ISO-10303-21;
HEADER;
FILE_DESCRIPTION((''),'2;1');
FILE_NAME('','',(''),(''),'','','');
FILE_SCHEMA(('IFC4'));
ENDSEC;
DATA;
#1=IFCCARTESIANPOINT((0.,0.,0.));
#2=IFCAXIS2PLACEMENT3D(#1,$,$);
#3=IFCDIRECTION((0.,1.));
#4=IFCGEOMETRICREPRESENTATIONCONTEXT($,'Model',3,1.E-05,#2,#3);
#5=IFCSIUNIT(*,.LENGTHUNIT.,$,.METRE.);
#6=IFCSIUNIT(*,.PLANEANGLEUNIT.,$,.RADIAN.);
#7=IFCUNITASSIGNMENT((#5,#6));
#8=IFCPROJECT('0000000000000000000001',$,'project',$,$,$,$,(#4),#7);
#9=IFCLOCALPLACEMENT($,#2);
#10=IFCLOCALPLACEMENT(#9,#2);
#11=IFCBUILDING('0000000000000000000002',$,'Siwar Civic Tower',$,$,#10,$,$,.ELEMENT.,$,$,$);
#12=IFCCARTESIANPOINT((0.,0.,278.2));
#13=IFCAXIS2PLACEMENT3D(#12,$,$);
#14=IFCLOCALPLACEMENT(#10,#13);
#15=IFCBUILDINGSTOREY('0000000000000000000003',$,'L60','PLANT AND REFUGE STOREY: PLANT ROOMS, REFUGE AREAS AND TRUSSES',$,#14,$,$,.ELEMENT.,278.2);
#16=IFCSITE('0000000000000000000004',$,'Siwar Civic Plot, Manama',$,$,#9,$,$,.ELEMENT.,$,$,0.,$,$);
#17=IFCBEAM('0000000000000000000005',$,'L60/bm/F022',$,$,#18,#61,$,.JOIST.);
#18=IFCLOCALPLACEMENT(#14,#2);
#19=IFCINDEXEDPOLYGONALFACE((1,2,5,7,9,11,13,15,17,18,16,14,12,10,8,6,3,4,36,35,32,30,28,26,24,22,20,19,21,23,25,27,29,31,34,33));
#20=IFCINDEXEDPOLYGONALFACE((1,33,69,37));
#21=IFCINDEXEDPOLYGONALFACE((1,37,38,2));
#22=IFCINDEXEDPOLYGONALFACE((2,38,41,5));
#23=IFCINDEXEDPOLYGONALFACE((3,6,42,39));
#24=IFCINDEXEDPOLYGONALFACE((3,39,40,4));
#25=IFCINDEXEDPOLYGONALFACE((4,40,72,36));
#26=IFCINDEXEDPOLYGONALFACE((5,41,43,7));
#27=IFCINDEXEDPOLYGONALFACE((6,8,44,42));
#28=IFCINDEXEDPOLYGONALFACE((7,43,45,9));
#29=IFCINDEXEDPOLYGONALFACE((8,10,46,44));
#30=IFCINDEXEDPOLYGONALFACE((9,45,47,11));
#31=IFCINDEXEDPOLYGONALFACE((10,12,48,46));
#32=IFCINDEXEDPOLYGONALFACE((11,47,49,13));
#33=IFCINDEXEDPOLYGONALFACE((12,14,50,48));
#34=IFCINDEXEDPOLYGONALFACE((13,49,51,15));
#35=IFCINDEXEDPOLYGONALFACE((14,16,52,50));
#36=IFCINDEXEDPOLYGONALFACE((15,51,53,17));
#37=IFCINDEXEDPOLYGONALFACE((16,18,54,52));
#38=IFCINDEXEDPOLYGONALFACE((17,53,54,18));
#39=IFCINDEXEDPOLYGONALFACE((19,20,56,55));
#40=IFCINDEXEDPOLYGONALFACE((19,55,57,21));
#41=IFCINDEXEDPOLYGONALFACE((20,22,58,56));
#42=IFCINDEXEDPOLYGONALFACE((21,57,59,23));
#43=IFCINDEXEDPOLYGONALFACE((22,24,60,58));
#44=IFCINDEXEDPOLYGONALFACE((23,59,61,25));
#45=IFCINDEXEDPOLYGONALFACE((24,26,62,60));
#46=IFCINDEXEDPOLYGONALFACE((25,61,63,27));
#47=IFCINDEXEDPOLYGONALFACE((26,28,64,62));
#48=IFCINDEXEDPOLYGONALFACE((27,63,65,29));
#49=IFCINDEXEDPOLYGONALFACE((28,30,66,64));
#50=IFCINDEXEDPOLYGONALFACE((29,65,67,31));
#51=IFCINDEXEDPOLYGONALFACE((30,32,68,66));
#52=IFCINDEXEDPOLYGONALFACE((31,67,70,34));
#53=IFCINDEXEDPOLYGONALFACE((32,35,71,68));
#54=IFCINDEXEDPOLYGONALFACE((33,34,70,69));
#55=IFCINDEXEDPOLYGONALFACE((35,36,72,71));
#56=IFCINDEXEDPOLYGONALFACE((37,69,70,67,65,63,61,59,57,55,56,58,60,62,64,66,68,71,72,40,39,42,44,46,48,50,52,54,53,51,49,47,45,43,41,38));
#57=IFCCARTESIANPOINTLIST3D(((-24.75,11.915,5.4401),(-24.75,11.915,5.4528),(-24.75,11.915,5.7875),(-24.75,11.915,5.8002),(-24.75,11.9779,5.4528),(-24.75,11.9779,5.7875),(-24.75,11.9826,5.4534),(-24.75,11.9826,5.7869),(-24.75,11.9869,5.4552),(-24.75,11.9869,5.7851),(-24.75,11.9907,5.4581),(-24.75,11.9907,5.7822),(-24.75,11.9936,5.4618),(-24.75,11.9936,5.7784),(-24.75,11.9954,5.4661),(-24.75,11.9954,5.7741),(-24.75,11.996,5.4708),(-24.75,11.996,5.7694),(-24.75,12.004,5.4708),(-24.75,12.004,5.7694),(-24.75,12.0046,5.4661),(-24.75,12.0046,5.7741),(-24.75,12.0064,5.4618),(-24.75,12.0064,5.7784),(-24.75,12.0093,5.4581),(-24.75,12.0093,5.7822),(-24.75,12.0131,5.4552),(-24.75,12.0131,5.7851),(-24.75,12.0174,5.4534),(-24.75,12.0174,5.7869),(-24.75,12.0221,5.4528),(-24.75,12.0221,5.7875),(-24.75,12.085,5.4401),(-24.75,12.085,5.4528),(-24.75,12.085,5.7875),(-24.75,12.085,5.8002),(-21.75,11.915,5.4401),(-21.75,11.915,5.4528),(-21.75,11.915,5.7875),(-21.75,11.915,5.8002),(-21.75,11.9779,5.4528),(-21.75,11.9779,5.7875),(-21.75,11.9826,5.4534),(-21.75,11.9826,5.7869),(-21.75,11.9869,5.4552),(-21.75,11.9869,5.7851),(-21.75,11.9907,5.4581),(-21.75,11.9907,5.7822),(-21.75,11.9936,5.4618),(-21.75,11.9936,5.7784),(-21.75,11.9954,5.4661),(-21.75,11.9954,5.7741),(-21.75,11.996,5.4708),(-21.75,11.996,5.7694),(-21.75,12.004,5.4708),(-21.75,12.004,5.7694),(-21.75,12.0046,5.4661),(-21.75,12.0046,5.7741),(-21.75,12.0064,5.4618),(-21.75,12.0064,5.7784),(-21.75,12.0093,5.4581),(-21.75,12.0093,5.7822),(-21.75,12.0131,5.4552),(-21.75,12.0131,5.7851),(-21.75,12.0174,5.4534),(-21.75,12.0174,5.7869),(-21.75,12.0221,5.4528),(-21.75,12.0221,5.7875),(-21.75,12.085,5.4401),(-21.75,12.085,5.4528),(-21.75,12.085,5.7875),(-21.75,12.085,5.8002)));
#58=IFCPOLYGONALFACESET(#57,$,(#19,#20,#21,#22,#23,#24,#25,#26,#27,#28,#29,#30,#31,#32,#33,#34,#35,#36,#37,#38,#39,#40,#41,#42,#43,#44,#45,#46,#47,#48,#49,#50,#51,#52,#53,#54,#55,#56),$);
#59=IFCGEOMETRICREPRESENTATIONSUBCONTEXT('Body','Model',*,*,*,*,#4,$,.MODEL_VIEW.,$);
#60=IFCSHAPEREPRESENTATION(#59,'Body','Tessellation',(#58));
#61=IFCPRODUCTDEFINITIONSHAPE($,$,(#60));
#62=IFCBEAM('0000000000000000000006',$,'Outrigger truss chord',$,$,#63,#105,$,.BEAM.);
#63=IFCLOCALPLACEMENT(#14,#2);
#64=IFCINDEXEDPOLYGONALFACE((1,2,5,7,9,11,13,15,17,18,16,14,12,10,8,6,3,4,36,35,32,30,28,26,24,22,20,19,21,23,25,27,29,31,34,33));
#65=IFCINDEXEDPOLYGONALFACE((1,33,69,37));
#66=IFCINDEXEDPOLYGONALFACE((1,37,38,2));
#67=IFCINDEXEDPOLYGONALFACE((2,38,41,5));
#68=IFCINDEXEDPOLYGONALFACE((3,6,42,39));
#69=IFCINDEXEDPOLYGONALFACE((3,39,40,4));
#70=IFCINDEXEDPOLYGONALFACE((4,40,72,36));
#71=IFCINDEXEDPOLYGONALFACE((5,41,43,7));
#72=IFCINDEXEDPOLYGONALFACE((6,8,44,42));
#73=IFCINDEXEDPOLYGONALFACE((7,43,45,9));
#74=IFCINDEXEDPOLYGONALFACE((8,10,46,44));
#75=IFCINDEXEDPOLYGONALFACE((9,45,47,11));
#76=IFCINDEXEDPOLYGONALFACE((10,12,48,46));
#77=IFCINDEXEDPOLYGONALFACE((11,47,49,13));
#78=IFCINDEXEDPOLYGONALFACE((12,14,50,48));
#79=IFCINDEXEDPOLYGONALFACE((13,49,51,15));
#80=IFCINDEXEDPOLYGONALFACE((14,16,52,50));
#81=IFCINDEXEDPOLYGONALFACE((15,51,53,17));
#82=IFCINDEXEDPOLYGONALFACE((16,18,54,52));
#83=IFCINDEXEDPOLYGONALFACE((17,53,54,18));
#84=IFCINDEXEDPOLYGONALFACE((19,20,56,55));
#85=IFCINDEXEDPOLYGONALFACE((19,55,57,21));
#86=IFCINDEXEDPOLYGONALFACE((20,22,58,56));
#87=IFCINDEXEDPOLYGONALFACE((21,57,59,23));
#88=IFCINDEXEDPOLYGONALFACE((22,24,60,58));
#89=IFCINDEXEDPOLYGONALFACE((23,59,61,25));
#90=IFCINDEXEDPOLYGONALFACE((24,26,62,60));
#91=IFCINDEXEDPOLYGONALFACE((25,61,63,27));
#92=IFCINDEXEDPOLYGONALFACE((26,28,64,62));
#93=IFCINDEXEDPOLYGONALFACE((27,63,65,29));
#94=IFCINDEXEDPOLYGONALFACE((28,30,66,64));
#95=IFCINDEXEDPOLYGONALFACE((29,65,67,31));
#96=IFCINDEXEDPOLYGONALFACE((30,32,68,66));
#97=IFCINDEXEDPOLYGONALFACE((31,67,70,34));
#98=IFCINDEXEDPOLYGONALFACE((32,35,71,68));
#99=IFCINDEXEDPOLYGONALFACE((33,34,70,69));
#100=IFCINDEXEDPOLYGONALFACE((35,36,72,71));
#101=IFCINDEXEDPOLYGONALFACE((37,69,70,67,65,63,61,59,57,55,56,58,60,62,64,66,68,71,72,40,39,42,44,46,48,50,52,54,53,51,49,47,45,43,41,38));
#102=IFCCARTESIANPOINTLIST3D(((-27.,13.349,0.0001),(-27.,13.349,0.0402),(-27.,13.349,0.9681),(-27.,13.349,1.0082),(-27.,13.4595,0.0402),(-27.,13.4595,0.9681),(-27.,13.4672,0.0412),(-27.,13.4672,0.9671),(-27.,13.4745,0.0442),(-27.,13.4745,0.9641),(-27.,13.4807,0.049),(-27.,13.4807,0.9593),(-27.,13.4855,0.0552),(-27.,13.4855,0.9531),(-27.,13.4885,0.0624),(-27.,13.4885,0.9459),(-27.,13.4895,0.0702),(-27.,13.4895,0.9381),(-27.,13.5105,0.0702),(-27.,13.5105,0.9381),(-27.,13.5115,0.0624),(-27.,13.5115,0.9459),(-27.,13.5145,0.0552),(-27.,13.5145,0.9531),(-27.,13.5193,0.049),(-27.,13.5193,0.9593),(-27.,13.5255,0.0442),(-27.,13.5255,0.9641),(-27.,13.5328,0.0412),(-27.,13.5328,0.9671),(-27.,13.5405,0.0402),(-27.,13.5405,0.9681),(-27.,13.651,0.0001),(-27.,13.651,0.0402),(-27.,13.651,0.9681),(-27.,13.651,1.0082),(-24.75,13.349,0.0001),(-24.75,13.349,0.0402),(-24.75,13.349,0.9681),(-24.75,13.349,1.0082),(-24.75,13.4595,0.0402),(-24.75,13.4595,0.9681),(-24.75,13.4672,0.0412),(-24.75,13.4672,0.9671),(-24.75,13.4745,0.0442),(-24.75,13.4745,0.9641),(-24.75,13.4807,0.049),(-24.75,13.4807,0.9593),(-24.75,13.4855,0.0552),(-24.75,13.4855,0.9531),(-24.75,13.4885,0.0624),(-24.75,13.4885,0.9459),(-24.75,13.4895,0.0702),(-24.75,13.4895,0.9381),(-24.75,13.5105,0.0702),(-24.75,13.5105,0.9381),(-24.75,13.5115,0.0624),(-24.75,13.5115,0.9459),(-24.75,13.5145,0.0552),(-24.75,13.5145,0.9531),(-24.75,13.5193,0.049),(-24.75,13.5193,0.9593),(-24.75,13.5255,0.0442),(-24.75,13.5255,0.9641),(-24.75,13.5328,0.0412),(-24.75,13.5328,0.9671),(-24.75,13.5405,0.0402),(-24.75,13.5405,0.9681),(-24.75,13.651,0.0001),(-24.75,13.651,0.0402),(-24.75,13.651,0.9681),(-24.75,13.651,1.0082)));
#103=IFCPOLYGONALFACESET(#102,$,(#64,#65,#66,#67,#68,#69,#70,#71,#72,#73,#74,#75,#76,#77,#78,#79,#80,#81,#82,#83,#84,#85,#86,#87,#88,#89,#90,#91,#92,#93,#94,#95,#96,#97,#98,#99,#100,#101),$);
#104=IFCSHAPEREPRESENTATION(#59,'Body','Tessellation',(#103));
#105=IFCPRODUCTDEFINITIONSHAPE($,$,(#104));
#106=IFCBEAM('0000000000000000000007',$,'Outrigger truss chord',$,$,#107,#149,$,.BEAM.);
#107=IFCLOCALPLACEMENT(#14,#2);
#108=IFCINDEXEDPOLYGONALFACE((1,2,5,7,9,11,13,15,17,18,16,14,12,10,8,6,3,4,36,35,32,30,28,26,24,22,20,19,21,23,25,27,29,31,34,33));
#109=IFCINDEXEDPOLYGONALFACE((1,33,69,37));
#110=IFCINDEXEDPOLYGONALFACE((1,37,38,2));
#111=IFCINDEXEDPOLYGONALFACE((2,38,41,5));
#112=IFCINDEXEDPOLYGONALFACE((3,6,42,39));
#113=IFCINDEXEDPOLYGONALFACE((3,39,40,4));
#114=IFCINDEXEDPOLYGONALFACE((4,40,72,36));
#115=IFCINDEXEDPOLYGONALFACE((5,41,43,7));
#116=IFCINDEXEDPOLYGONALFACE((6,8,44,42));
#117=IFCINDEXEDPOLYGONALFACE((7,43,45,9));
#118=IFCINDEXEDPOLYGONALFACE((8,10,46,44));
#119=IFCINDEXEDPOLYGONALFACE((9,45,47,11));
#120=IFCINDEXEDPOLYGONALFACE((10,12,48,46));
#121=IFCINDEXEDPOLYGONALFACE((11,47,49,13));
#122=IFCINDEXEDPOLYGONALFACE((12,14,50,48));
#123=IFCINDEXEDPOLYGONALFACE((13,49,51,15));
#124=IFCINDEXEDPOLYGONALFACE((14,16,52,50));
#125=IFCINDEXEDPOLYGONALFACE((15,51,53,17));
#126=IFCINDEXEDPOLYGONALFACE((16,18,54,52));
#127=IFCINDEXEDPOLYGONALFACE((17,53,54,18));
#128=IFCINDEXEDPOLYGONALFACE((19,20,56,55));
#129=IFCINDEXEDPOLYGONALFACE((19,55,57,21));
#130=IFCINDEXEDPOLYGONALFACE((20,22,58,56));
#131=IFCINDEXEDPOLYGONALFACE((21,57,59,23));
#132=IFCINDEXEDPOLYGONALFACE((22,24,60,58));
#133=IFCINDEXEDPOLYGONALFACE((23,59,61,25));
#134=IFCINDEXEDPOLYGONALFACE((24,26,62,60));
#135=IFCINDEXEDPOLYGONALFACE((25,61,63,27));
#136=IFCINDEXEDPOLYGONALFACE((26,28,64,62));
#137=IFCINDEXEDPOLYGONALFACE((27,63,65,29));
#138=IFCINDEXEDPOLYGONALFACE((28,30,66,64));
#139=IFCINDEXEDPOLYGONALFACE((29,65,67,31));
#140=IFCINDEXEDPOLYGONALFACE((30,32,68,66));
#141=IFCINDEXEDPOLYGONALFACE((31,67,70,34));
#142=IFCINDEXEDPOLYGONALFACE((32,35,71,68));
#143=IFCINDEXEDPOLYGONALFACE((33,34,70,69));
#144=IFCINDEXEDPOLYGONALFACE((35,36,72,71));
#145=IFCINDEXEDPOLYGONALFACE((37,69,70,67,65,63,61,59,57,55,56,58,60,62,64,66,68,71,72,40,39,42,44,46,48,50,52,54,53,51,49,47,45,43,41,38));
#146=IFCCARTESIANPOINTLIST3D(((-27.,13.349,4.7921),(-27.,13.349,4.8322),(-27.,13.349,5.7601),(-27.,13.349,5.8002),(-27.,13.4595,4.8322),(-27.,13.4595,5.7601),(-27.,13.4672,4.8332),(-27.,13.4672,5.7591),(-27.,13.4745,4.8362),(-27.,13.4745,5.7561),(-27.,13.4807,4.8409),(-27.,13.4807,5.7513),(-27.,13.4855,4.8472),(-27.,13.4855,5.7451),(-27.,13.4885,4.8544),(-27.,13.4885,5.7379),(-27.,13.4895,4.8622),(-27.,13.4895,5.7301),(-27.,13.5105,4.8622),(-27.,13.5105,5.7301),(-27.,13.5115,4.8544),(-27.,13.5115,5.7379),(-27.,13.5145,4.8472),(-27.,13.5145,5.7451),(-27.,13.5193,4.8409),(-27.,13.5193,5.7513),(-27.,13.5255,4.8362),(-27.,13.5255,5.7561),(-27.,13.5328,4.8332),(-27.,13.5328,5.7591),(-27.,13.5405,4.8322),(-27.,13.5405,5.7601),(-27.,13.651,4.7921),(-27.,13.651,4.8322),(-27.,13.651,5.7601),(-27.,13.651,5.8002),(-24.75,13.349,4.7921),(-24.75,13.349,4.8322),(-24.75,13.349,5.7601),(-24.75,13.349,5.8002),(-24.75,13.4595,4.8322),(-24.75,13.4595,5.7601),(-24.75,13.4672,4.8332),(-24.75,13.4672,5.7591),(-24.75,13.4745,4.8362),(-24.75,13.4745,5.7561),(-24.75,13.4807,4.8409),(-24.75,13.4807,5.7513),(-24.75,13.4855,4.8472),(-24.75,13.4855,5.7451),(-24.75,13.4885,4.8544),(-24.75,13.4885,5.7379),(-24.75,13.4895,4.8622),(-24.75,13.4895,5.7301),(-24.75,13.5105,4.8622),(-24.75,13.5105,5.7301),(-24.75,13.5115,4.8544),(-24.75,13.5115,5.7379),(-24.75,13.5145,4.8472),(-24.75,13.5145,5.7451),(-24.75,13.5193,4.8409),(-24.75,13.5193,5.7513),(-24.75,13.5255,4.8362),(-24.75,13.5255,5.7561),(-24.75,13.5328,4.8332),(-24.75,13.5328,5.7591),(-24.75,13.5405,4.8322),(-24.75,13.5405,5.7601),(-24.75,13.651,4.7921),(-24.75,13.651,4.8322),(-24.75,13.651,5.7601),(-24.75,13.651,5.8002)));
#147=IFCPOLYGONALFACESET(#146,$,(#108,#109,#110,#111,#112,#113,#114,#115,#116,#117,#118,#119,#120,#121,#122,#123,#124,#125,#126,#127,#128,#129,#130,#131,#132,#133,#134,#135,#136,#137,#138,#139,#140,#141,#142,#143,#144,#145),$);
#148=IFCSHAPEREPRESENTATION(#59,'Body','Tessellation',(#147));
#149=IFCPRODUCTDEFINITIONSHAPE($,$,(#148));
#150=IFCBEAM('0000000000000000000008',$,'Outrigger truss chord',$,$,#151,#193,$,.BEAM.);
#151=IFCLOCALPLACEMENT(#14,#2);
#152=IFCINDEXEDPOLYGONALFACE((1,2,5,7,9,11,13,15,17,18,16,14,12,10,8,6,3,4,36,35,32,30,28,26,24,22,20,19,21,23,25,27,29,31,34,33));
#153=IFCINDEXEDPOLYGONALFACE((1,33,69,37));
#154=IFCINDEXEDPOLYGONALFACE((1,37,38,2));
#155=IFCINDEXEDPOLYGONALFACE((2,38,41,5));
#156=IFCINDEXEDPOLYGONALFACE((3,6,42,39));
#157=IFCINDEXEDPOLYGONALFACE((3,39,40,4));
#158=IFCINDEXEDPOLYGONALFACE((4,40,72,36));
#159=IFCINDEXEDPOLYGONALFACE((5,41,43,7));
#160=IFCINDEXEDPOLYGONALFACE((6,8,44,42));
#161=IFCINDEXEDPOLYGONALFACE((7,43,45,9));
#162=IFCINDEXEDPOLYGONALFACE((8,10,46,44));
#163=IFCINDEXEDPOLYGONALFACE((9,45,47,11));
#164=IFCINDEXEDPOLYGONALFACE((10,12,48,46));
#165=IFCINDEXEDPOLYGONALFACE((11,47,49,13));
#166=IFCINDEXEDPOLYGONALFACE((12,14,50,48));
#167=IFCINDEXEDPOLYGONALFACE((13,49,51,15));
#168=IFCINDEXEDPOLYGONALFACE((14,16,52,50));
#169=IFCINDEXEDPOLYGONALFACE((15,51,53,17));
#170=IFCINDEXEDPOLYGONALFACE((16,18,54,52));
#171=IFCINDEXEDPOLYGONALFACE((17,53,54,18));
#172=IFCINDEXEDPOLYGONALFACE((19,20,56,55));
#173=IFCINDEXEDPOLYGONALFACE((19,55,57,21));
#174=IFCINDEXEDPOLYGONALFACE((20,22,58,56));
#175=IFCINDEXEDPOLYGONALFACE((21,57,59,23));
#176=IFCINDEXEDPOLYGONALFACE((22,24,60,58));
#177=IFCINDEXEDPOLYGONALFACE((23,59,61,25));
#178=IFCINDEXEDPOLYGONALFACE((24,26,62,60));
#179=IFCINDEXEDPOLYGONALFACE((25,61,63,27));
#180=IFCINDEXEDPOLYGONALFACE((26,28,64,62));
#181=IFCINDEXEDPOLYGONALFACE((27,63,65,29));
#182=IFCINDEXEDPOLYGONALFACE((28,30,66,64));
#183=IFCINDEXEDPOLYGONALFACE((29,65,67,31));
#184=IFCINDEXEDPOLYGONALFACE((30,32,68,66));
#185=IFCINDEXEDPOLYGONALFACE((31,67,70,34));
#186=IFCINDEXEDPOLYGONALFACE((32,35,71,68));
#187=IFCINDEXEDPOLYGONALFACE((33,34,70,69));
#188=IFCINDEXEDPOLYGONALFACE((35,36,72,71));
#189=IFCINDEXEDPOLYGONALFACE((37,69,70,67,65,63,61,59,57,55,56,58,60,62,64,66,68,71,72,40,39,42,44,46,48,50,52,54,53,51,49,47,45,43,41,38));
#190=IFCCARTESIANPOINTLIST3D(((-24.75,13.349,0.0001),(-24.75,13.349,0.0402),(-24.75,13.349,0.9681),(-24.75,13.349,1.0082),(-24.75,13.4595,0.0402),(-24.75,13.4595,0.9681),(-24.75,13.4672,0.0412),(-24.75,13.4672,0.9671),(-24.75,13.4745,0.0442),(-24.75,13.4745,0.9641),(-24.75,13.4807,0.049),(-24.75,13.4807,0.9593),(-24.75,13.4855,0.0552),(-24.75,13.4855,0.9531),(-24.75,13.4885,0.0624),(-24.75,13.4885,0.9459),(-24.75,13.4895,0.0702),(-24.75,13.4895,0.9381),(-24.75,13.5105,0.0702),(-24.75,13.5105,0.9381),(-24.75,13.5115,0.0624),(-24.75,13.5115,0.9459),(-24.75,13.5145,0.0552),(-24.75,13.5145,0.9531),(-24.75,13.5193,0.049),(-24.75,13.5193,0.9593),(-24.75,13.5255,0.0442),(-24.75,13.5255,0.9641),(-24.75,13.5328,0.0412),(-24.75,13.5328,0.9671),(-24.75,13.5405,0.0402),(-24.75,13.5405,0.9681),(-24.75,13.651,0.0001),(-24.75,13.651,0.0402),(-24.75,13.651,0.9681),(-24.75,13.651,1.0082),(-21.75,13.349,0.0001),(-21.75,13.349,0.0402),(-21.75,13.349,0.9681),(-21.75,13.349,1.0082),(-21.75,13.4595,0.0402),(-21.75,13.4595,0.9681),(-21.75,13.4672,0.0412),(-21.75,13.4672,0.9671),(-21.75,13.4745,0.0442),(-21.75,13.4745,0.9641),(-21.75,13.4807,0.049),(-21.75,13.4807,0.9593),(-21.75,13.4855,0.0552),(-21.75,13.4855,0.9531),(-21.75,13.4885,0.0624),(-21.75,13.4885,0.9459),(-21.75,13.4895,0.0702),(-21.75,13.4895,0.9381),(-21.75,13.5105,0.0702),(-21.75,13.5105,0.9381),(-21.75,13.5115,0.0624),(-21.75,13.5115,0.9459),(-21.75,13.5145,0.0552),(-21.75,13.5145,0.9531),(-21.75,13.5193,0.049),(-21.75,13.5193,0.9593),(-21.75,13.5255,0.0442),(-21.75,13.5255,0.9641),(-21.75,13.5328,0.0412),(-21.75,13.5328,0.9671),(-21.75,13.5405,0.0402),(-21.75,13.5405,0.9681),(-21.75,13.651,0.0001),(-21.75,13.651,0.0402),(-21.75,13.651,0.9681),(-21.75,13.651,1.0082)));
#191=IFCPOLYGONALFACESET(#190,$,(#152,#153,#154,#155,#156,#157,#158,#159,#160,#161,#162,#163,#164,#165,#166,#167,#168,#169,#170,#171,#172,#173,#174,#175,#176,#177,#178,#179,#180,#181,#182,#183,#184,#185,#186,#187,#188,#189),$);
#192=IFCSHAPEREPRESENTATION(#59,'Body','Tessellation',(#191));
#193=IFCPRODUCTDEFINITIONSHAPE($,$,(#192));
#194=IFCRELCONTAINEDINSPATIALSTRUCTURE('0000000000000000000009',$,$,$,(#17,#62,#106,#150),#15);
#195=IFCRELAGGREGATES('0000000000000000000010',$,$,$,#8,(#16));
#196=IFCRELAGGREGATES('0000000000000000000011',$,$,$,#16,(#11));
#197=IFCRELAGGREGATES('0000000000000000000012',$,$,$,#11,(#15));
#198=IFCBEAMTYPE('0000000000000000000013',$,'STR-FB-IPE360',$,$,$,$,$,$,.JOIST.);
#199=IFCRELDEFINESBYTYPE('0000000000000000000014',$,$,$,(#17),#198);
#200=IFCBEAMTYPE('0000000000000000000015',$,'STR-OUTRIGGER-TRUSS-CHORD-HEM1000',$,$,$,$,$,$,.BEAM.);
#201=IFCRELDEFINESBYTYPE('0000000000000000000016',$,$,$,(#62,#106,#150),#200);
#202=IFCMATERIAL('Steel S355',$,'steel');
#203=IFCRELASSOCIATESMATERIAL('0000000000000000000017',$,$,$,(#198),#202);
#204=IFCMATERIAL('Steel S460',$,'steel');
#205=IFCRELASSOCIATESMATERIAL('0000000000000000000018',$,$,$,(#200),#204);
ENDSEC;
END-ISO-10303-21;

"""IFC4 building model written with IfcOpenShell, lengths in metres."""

from ifc_helpers import new_model, si_unit, direction, frame, origin, origin_2d, place, context, subcontext, project, spatial, i_section, extrude, material, material_profile, profile_set, type_object, element, save


model = new_model("IFC4")

# Units and contexts
model_context = context("Model", 3, precision=1e-05, world=origin(), true_north=direction((0.0, 1.0)))
body_context = subcontext(model_context, "Body", "Model", "MODEL_VIEW")
ifc_project = project(units=[si_unit("LENGTHUNIT", "METRE"), si_unit("PLANEANGLEUNIT", "RADIAN")], contexts=[model_context])

# Site, building, storey
site_placement = place(None, origin())
site = spatial("IfcSite", under=ifc_project, at=site_placement, Name="Siwar Civic Plot, Manama", CompositionType="ELEMENT", RefElevation=0.0)
building_placement = place(site_placement, origin())
building = spatial("IfcBuilding", under=site, at=building_placement, Name="Siwar Civic Tower", CompositionType="ELEMENT")
storey_placement = place(building_placement, frame((0.0, 0.0, 278.2)))
storey = spatial("IfcBuildingStorey", under=building, at=storey_placement, Name="L60", Description="PLANT AND REFUGE STOREY: PLANT ROOMS, REFUGE AREAS AND TRUSSES", CompositionType="ELEMENT", Elevation=278.2)

# Beams
ifc_material_1 = material(Name="Steel S355", Category="steel")
ifc_material_profile_1 = material_profile(ifc_material_1, i_section(OverallWidth=0.1699, OverallDepth=0.3601, WebThickness=0.0081, FlangeThickness=0.0127, FilletRadius=0.0181, at=origin_2d()), Name="IPE360")
ifc_profile_set_1 = profile_set([ifc_material_profile_1], Name="Steel S355")
beam_type_1 = type_object("IfcBeamType", Name="STR-FB-IPE360", PredefinedType="JOIST", material=ifc_profile_set_1)
beam_placement = place(storey_placement, frame((-24.75, 12.0, 5.6201), z_axis=(1.0, 0.0, 0.0), x_axis=(0.0, 1.0, 0.0)))
element("IfcBeam", 1, at=beam_placement, inside=storey, type_object=beam_type_1, Name="L60/bm/F022", PredefinedType="JOIST", context=body_context, shape_type="SweptSolid", body=[
    extrude(i_section(OverallWidth=0.1699, OverallDepth=0.3601, WebThickness=0.0081, FlangeThickness=0.0127, FilletRadius=0.0181, at=origin_2d()), origin(), (0.0, 0.0, 1.0), 3.0),
])
ifc_material_2 = material(Name="Steel S460", Category="steel")
ifc_material_profile_2 = material_profile(ifc_material_2, i_section(OverallWidth=0.302, OverallDepth=1.0081, WebThickness=0.021, FlangeThickness=0.04, FilletRadius=0.03, at=origin_2d()), Name="HEM1000")
ifc_profile_set_2 = profile_set([ifc_material_profile_2], Name="Steel S460")
beam_type_2 = type_object("IfcBeamType", Name="STR-OUTRIGGER-TRUSS-CHORD-HEM1000", PredefinedType="BEAM", material=ifc_profile_set_2)
for number, where, z_axis, x_axis, name in (
    (2, (-24.75, 13.5, 0.5042), (-1.0, 0.0, 0.0), (0.0, -1.0, 0.0), "Outrigger truss chord"),
    (3, (-24.75, 13.5, 5.2961), (-1.0, 0.0, 0.0), (0.0, -1.0, 0.0), "Outrigger truss chord"),
):
    element("IfcBeam", number, at=place(storey_placement, frame(where, z_axis=z_axis, x_axis=x_axis)), inside=storey, type_object=beam_type_2, Name=name, PredefinedType="BEAM", context=body_context, shape_type="SweptSolid", body=[
        extrude(i_section(OverallWidth=0.302, OverallDepth=1.0081, WebThickness=0.021, FlangeThickness=0.04, FilletRadius=0.03, at=origin_2d()), origin(), (0.0, 0.0, 1.0), 2.25),
    ])
for number, where, z_axis, x_axis, name in (
    (4, (-24.75, 13.5, 0.5042), (1.0, 0.0, 0.0), (0.0, 1.0, 0.0), "Outrigger truss chord"),
):
    element("IfcBeam", number, at=place(storey_placement, frame(where, z_axis=z_axis, x_axis=x_axis)), inside=storey, type_object=beam_type_2, Name=name, PredefinedType="BEAM", context=body_context, shape_type="SweptSolid", body=[
        extrude(i_section(OverallWidth=0.302, OverallDepth=1.0081, WebThickness=0.021, FlangeThickness=0.04, FilletRadius=0.03, at=origin_2d()), origin(), (0.0, 0.0, 1.0), 3.0),
    ])

save(model, "model.ifc")
